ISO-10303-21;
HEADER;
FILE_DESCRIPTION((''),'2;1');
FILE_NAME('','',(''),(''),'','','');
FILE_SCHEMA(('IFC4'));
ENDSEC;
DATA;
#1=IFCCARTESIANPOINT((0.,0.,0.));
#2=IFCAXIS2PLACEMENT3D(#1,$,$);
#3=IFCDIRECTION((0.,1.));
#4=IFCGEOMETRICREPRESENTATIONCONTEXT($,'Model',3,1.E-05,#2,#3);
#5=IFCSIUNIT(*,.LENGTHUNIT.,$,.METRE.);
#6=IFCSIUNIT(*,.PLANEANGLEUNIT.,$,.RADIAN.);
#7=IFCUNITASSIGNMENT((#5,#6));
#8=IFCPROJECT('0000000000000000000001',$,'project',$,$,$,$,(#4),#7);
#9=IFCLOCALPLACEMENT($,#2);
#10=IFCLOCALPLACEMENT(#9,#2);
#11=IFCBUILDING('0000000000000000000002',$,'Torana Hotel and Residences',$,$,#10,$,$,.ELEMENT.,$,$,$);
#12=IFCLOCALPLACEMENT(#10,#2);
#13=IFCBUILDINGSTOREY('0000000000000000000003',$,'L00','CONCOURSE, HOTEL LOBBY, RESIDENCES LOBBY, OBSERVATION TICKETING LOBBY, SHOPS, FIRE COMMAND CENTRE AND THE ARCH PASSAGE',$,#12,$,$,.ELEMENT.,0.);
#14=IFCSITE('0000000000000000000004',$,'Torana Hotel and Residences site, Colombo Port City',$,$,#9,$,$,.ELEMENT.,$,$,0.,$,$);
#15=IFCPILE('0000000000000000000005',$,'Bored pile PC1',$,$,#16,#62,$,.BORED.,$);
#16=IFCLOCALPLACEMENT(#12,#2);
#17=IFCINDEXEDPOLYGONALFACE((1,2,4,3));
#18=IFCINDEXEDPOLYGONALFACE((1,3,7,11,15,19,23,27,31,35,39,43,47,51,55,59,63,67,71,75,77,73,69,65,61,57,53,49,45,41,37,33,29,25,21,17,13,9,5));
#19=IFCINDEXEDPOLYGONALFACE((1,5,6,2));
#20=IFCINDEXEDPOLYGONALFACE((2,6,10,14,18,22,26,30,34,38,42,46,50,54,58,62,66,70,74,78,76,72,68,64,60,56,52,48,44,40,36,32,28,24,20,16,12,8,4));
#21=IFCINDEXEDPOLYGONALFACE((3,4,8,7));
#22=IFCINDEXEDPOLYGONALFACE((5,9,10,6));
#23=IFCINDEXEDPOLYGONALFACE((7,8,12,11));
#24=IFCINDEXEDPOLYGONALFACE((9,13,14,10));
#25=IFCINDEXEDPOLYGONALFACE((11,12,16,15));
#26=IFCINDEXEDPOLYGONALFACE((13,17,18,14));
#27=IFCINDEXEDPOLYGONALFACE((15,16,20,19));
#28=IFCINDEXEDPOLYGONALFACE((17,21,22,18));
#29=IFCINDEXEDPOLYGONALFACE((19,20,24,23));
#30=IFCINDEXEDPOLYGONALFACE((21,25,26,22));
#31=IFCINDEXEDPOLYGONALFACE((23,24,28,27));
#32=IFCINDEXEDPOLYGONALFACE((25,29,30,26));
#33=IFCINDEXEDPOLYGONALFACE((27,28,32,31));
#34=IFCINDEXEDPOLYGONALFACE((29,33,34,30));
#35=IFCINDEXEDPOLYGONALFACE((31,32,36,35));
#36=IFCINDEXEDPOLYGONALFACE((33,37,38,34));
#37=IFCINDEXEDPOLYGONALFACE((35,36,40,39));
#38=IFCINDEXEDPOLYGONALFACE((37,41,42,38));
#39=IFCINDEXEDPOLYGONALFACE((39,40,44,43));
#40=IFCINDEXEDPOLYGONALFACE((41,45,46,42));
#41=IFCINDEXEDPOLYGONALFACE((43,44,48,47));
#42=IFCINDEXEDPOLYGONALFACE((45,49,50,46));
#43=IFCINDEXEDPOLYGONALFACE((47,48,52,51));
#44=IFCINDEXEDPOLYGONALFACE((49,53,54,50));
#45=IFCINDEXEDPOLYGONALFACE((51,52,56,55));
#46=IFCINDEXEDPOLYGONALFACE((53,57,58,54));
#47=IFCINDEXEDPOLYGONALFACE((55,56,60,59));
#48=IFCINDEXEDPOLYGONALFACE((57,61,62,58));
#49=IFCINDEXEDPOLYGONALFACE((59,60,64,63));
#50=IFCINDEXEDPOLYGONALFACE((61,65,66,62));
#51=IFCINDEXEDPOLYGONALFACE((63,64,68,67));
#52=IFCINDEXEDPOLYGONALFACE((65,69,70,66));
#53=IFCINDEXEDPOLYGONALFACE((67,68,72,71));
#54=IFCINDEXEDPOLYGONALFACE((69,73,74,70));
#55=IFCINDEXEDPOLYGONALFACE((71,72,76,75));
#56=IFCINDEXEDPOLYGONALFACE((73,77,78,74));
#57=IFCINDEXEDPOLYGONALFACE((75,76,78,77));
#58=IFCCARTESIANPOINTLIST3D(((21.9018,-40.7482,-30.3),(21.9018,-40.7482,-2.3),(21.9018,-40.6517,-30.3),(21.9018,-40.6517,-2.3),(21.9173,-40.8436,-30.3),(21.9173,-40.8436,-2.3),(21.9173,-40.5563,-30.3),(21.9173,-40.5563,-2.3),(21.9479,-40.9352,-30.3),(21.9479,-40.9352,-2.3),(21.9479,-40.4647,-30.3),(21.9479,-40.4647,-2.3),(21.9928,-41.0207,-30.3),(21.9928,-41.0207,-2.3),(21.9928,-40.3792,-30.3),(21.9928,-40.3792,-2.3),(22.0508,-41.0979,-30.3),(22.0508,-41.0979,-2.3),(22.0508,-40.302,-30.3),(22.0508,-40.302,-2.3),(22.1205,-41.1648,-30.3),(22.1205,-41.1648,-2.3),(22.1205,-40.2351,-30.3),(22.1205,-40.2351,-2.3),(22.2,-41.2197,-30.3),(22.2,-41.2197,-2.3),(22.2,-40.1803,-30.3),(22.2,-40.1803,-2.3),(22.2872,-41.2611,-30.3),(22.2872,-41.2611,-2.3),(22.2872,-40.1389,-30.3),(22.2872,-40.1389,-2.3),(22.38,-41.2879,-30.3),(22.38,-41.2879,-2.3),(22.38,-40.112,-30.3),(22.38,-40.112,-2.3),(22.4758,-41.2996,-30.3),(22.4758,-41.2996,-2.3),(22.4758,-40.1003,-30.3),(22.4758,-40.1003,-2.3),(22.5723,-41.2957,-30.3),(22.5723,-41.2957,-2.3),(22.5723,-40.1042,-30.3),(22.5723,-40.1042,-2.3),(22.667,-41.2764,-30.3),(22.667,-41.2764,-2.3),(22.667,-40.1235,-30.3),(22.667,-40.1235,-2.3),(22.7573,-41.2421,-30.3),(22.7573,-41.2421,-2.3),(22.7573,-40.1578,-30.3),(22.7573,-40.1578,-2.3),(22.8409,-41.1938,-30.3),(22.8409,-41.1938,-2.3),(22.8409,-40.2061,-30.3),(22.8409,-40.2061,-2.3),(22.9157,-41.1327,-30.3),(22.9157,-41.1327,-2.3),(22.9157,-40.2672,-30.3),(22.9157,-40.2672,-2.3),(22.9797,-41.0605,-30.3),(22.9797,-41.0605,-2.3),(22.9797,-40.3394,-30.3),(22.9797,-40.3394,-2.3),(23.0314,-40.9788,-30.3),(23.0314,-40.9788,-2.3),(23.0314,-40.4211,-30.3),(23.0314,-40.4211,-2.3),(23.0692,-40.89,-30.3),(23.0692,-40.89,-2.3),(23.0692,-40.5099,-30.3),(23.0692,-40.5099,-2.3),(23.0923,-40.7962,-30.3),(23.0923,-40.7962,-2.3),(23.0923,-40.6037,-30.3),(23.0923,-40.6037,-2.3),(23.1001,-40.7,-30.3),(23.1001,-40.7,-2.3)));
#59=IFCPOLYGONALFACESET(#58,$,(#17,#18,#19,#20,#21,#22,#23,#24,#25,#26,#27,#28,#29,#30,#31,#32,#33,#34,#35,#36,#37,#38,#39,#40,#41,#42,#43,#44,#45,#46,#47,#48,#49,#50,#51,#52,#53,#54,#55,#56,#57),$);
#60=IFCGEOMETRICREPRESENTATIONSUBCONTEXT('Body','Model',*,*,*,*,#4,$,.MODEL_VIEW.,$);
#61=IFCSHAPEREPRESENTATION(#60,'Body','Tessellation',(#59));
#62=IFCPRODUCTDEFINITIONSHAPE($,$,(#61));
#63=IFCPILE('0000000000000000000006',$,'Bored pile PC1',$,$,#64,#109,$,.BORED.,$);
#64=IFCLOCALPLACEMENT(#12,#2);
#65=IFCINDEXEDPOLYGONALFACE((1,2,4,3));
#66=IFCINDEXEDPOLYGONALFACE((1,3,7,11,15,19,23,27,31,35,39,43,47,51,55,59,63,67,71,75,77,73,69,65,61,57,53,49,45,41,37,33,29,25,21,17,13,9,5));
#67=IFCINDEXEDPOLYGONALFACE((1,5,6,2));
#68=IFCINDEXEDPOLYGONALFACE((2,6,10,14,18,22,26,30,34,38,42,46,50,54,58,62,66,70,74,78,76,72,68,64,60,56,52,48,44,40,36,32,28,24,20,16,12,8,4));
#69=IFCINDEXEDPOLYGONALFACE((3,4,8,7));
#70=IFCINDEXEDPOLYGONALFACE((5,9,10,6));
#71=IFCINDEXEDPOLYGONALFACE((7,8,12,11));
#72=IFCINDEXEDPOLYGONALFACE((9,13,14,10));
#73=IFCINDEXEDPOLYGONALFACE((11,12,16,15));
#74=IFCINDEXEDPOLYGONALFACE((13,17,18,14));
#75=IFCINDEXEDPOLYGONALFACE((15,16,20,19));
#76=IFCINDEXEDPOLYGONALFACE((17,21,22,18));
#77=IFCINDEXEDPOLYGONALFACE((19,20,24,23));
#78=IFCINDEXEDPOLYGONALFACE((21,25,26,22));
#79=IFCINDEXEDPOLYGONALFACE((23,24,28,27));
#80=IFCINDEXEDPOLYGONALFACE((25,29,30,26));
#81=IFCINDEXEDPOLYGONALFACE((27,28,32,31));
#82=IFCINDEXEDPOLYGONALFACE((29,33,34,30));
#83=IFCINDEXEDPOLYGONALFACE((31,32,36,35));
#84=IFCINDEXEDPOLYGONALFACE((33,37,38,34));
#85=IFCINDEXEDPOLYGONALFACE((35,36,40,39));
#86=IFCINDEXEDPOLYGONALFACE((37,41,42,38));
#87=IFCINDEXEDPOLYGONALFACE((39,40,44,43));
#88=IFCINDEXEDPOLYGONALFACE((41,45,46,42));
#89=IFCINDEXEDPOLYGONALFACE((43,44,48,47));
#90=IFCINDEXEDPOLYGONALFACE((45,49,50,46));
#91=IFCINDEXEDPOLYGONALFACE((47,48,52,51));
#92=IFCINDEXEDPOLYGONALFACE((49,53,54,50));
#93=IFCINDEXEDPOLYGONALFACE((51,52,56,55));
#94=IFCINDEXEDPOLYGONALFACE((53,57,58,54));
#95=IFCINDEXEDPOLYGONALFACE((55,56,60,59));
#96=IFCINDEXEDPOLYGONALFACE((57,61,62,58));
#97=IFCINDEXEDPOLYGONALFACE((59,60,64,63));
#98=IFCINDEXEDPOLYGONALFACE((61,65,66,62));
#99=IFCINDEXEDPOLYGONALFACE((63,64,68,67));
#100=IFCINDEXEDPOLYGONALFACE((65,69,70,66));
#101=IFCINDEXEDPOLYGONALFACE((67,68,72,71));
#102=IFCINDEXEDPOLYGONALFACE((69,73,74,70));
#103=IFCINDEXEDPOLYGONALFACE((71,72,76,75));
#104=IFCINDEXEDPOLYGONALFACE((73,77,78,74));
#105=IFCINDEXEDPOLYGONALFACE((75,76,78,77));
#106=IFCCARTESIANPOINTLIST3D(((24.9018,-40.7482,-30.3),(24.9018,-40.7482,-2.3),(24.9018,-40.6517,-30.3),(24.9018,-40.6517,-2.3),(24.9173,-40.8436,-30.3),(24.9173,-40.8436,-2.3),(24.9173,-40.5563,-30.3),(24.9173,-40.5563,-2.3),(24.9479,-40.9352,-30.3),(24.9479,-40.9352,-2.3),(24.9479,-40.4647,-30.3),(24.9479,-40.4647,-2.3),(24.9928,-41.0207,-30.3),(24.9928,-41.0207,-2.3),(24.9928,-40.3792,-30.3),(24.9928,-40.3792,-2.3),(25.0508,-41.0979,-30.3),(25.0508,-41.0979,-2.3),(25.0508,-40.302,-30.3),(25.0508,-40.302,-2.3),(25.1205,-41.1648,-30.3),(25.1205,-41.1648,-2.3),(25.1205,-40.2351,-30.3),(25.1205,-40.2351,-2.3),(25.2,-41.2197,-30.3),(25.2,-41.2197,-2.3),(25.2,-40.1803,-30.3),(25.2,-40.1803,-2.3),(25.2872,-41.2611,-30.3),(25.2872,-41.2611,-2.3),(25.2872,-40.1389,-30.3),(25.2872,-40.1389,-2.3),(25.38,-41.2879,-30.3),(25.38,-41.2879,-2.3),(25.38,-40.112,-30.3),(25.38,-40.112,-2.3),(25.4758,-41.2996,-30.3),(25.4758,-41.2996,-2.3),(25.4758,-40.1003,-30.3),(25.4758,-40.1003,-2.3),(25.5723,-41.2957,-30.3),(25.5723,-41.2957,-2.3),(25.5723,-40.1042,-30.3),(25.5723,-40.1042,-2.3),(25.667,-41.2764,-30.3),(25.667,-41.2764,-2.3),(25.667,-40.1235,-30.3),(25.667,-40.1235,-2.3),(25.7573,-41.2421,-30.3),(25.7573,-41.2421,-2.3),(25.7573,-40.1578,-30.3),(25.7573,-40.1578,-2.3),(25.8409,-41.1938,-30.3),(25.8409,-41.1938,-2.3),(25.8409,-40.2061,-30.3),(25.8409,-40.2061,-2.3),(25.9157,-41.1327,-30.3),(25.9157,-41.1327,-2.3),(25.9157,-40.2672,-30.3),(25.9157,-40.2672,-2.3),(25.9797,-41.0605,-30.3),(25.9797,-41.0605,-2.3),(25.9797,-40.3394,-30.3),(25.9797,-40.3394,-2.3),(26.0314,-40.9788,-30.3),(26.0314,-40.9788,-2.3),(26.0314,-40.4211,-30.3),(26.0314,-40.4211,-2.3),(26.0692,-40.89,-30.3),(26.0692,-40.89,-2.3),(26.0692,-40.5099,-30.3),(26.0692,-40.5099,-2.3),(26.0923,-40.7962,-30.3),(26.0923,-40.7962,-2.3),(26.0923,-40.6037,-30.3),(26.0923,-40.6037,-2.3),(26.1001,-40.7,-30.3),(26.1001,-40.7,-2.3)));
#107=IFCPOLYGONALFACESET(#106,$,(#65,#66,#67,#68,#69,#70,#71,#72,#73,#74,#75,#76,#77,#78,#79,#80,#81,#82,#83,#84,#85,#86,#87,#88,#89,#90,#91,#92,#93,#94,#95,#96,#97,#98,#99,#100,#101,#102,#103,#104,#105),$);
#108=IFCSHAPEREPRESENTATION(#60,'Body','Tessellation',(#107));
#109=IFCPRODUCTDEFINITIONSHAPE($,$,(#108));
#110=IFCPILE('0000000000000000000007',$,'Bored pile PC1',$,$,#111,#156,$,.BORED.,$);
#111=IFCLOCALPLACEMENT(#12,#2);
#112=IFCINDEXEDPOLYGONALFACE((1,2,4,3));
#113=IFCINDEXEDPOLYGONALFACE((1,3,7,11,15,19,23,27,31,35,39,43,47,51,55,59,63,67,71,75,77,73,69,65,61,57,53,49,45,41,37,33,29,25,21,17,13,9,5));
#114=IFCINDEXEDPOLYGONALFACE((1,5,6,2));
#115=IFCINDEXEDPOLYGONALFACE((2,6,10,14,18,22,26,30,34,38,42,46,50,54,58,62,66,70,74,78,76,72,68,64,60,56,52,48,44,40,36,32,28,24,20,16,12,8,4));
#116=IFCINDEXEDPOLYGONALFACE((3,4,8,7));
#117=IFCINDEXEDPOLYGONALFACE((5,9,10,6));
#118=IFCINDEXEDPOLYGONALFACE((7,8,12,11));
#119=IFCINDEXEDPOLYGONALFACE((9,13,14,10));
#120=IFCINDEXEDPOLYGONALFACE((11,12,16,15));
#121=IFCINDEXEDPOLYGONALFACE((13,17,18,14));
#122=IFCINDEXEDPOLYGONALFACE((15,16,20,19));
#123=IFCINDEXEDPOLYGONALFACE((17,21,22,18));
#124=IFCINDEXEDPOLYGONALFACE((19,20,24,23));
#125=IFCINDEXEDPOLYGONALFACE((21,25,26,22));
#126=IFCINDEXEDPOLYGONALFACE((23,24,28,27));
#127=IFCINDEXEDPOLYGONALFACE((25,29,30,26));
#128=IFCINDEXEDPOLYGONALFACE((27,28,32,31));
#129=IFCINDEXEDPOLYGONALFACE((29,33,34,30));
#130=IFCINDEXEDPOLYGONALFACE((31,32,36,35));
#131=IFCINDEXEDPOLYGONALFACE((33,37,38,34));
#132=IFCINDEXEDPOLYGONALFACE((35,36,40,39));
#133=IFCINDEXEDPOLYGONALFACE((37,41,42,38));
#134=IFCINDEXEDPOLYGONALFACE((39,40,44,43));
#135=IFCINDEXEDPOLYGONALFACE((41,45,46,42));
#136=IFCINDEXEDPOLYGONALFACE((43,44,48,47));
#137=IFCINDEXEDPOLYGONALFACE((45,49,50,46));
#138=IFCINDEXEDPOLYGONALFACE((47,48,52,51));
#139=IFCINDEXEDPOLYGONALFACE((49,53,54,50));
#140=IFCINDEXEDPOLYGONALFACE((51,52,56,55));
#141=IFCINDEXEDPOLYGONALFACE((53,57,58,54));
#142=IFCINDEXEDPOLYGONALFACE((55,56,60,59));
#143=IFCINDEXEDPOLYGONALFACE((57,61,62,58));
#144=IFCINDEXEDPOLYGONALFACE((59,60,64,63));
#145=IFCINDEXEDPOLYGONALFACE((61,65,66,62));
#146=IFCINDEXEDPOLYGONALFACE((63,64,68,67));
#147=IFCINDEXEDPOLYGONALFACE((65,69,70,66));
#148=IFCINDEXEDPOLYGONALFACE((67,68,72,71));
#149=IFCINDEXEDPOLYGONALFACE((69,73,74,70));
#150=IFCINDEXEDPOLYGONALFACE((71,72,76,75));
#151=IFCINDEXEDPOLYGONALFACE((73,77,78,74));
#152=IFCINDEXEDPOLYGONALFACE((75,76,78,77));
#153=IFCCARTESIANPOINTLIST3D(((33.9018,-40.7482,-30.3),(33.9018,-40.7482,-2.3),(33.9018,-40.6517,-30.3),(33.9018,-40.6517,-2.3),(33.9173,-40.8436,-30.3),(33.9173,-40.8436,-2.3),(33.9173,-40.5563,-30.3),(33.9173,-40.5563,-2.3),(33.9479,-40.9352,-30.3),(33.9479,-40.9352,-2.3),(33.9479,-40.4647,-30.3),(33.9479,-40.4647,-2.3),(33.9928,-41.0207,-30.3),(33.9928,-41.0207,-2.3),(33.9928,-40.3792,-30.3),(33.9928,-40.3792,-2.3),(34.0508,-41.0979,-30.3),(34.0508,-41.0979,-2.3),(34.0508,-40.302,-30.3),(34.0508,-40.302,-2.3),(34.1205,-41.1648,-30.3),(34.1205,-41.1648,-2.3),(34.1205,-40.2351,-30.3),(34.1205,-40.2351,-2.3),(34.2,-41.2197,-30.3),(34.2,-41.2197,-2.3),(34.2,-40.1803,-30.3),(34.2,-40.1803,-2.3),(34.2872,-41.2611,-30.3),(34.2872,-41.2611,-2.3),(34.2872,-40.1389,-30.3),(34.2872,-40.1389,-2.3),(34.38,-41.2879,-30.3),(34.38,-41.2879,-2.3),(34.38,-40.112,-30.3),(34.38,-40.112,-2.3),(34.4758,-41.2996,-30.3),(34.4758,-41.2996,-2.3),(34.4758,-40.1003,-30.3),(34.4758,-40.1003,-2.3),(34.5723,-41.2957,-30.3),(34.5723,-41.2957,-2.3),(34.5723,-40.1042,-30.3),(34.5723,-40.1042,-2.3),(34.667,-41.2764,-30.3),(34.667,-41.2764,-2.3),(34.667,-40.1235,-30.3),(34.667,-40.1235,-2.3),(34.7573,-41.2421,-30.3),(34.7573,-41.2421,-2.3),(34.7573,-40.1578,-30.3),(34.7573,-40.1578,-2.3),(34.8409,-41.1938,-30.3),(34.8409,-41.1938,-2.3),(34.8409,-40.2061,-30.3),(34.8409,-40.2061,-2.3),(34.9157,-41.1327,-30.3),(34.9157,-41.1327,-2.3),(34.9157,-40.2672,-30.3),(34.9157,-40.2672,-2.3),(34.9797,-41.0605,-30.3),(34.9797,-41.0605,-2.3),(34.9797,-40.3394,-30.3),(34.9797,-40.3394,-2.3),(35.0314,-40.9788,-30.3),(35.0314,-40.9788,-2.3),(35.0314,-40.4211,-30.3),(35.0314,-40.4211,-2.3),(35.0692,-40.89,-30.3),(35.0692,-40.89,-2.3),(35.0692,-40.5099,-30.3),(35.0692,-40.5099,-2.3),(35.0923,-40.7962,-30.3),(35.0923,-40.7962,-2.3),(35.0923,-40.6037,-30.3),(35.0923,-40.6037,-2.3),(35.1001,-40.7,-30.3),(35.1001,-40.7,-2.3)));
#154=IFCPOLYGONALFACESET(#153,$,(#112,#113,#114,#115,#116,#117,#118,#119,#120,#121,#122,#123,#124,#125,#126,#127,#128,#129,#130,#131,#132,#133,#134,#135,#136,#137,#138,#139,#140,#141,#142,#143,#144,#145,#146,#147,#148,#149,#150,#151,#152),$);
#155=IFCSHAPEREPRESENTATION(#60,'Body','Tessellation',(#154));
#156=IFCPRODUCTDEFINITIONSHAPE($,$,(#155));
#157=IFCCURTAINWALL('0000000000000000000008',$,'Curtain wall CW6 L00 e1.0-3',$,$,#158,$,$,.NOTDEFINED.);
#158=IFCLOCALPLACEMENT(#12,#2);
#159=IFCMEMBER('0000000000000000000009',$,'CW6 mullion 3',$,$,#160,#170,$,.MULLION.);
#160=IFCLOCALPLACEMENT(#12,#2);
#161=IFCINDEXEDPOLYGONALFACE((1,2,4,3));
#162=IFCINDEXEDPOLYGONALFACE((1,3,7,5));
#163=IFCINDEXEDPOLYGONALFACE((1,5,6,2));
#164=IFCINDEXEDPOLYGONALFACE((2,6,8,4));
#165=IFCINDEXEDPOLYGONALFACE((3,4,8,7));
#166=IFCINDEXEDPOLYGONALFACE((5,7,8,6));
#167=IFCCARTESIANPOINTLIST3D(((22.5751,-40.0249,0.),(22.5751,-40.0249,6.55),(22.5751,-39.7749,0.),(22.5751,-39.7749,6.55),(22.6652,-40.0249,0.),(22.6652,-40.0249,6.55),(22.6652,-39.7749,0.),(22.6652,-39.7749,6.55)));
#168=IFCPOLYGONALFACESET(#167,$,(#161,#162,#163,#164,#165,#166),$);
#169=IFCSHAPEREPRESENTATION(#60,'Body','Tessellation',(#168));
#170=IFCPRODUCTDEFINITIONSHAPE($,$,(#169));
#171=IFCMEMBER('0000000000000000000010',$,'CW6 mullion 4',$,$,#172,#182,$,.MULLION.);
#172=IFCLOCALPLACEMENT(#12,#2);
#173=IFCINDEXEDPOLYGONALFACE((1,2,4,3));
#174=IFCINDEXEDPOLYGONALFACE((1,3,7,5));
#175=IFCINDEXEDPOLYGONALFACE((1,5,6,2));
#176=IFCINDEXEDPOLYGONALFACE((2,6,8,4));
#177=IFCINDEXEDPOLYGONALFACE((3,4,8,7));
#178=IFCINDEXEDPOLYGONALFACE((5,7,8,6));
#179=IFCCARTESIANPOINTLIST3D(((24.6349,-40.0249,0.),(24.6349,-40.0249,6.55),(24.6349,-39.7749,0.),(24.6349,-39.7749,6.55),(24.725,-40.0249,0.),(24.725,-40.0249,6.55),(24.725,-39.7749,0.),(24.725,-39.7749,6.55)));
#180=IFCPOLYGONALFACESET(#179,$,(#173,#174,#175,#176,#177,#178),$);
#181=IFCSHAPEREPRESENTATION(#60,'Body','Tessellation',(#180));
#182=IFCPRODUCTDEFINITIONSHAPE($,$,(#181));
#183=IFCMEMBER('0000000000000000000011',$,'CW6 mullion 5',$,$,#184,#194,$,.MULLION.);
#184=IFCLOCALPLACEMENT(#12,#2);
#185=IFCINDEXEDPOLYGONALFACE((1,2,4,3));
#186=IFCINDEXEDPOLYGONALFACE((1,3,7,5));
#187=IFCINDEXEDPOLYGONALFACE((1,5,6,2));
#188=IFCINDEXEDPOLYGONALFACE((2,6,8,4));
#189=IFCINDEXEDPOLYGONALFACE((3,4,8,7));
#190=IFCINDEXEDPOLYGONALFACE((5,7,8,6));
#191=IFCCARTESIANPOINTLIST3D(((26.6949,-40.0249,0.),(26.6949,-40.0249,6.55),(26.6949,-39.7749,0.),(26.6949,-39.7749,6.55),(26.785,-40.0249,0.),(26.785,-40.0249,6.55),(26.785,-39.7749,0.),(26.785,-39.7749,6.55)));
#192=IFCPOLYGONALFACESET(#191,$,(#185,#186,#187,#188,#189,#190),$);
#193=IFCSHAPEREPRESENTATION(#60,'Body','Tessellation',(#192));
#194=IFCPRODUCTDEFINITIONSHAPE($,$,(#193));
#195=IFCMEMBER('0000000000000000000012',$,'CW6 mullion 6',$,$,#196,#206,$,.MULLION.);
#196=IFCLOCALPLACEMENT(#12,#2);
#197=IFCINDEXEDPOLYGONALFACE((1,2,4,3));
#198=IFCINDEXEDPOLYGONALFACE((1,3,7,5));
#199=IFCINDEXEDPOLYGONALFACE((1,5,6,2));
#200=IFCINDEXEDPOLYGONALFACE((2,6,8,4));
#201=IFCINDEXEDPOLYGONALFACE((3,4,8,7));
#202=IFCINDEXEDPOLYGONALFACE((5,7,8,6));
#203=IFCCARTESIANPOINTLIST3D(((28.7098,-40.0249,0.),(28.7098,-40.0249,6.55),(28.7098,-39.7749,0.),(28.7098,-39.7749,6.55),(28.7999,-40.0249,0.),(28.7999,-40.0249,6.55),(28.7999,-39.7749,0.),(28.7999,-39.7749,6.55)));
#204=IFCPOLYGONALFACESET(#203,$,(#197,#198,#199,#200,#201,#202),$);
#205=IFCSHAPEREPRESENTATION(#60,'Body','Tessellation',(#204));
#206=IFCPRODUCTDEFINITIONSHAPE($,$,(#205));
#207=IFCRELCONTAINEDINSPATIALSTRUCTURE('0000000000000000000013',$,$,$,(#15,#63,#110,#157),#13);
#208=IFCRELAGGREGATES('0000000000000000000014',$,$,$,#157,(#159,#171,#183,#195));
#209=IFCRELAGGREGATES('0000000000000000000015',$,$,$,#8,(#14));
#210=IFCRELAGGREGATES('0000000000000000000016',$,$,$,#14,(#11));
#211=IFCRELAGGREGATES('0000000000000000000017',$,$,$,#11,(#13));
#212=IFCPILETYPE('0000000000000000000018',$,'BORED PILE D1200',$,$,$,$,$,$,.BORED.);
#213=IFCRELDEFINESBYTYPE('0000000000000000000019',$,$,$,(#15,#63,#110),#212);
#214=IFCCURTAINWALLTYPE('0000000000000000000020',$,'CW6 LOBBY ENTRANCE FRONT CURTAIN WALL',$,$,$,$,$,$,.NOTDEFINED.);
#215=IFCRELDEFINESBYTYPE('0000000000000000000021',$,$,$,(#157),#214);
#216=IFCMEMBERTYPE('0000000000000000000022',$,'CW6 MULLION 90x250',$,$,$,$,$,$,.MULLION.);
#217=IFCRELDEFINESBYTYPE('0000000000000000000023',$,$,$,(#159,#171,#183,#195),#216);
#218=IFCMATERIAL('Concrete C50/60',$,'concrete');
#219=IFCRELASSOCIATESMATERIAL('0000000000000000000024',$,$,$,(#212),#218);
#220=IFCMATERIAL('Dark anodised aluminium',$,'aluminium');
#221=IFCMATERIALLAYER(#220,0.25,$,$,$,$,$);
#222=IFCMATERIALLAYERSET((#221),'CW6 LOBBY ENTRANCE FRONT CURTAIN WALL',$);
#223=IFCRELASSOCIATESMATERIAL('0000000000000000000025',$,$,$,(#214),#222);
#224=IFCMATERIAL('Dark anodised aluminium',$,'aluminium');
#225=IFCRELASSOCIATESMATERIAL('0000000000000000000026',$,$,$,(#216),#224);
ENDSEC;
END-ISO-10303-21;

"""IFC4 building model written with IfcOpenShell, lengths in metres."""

from ifc_helpers import new_model, si_unit, direction, frame, origin, origin_2d, place, context, subcontext, project, spatial, rectangle, circle, extrude, material, layer, layer_set, material_profile, profile_set, type_object, element, aggregate, save


model = new_model("IFC4")

# Units and contexts
model_context = context("Model", 3, precision=1e-05, world=origin(), true_north=direction((0.0, 1.0)))
body_context = subcontext(model_context, "Body", "Model", "MODEL_VIEW")
ifc_project = project(units=[si_unit("LENGTHUNIT", "METRE"), si_unit("PLANEANGLEUNIT", "RADIAN")], contexts=[model_context])

# Site, building, storey
site_placement = place(None, origin())
site = spatial("IfcSite", under=ifc_project, at=site_placement, Name="Torana Hotel and Residences site, Colombo Port City", CompositionType="ELEMENT", RefElevation=0.0)
building_placement = place(site_placement, origin())
building = spatial("IfcBuilding", under=site, at=building_placement, Name="Torana Hotel and Residences", CompositionType="ELEMENT")
storey_placement = place(building_placement, origin())
storey = spatial("IfcBuildingStorey", under=building, at=storey_placement, Name="L00", Description="CONCOURSE, HOTEL LOBBY, RESIDENCES LOBBY, OBSERVATION TICKETING LOBBY, SHOPS, FIRE COMMAND CENTRE AND THE ARCH PASSAGE", CompositionType="ELEMENT", Elevation=0.0)

# Piles
ifc_material_1 = material(Name="Concrete C50/60", Category="concrete")
pile_type = type_object("IfcPileType", Name="BORED PILE D1200", PredefinedType="BORED", material=ifc_material_1)
for number, where, z_axis, x_axis, name in (
    (1, (22.5, -40.7, -2.3), (0.0, 0.0, -1.0), (1.0, 0.0, 0.0), "Bored pile PC1"),
    (2, (25.5, -40.7, -2.3), (0.0, 0.0, -1.0), (1.0, 0.0, 0.0), "Bored pile PC1"),
    (3, (34.5, -40.7, -2.3), (0.0, 0.0, -1.0), (1.0, 0.0, 0.0), "Bored pile PC1"),
):
    element("IfcPile", number, at=place(storey_placement, frame(where, z_axis=z_axis, x_axis=x_axis)), inside=storey, type_object=pile_type, Name=name, PredefinedType="BORED", context=body_context, shape_type="SweptSolid", body=[
        extrude(circle(Radius=0.6001, at=origin_2d()), origin(), (0.0, 0.0, 1.0), 28.0),
    ])

# Curtain wall, members
ifc_material_2 = material(Name="Dark anodised aluminium", Category="aluminium")
ifc_layer_1 = layer(ifc_material_2, 0.25)
ifc_layer_set_1 = layer_set([ifc_layer_1], Name="CW6 LOBBY ENTRANCE FRONT CURTAIN WALL")
curtain_wall_type = type_object("IfcCurtainWallType", Name="CW6 LOBBY ENTRANCE FRONT CURTAIN WALL", PredefinedType="NOTDEFINED", material=ifc_layer_set_1)
curtain_wall_1_placement = place(storey_placement, origin())
curtain_wall_1 = element("IfcCurtainWall", 4, at=curtain_wall_1_placement, inside=storey, type_object=curtain_wall_type, Name="Curtain wall CW6 L00 e1.0-3", PredefinedType="NOTDEFINED")
ifc_material_3 = material(Name="Dark anodised aluminium", Category="aluminium")
ifc_material_profile_1 = material_profile(ifc_material_3, rectangle(XDim=0.25, YDim=0.0901, at=origin_2d()), Name="CW6 MULLION 90x250")
ifc_profile_set_1 = profile_set([ifc_material_profile_1], Name="Dark anodised aluminium")
member_type_1 = type_object("IfcMemberType", Name="CW6 MULLION 90x250", PredefinedType="MULLION", material=ifc_profile_set_1)
member_1_placement = place(storey_placement, frame((22.6201, -39.8999, 0.0), z_axis=(0.0, 0.0, 1.0), x_axis=(0.0, 1.0, 0.0)))
member_1 = element("IfcMember", 5, at=member_1_placement, type_object=member_type_1, Name="CW6 mullion 3", PredefinedType="MULLION", context=body_context, shape_type="SweptSolid", body=[
    extrude(rectangle(XDim=0.25, YDim=0.0901, at=origin_2d()), origin(), (0.0, 0.0, 1.0), 6.55),
])
member_2_placement = place(storey_placement, frame((24.6799, -39.8999, 0.0), z_axis=(0.0, 0.0, 1.0), x_axis=(0.0, 1.0, 0.0)))
member_2 = element("IfcMember", 6, at=member_2_placement, type_object=member_type_1, Name="CW6 mullion 4", PredefinedType="MULLION", context=body_context, shape_type="SweptSolid", body=[
    extrude(rectangle(XDim=0.25, YDim=0.0901, at=origin_2d()), origin(), (0.0, 0.0, 1.0), 6.55),
])
member_3_placement = place(storey_placement, frame((26.74, -39.8999, 0.0), z_axis=(0.0, 0.0, 1.0), x_axis=(0.0, 1.0, 0.0)))
member_3 = element("IfcMember", 7, at=member_3_placement, type_object=member_type_1, Name="CW6 mullion 5", PredefinedType="MULLION", context=body_context, shape_type="SweptSolid", body=[
    extrude(rectangle(XDim=0.25, YDim=0.0901, at=origin_2d()), origin(), (0.0, 0.0, 1.0), 6.55),
])
member_4_placement = place(storey_placement, frame((28.7549, -39.8999, 0.0), z_axis=(0.0, 0.0, 1.0), x_axis=(0.0, 1.0, 0.0)))
member_4 = element("IfcMember", 8, at=member_4_placement, type_object=member_type_1, Name="CW6 mullion 6", PredefinedType="MULLION", context=body_context, shape_type="SweptSolid", body=[
    extrude(rectangle(XDim=0.25, YDim=0.0901, at=origin_2d()), origin(), (0.0, 0.0, 1.0), 6.55),
])

aggregate(curtain_wall_1, [member_1, member_2, member_3, member_4])

save(model, "model.ifc")
